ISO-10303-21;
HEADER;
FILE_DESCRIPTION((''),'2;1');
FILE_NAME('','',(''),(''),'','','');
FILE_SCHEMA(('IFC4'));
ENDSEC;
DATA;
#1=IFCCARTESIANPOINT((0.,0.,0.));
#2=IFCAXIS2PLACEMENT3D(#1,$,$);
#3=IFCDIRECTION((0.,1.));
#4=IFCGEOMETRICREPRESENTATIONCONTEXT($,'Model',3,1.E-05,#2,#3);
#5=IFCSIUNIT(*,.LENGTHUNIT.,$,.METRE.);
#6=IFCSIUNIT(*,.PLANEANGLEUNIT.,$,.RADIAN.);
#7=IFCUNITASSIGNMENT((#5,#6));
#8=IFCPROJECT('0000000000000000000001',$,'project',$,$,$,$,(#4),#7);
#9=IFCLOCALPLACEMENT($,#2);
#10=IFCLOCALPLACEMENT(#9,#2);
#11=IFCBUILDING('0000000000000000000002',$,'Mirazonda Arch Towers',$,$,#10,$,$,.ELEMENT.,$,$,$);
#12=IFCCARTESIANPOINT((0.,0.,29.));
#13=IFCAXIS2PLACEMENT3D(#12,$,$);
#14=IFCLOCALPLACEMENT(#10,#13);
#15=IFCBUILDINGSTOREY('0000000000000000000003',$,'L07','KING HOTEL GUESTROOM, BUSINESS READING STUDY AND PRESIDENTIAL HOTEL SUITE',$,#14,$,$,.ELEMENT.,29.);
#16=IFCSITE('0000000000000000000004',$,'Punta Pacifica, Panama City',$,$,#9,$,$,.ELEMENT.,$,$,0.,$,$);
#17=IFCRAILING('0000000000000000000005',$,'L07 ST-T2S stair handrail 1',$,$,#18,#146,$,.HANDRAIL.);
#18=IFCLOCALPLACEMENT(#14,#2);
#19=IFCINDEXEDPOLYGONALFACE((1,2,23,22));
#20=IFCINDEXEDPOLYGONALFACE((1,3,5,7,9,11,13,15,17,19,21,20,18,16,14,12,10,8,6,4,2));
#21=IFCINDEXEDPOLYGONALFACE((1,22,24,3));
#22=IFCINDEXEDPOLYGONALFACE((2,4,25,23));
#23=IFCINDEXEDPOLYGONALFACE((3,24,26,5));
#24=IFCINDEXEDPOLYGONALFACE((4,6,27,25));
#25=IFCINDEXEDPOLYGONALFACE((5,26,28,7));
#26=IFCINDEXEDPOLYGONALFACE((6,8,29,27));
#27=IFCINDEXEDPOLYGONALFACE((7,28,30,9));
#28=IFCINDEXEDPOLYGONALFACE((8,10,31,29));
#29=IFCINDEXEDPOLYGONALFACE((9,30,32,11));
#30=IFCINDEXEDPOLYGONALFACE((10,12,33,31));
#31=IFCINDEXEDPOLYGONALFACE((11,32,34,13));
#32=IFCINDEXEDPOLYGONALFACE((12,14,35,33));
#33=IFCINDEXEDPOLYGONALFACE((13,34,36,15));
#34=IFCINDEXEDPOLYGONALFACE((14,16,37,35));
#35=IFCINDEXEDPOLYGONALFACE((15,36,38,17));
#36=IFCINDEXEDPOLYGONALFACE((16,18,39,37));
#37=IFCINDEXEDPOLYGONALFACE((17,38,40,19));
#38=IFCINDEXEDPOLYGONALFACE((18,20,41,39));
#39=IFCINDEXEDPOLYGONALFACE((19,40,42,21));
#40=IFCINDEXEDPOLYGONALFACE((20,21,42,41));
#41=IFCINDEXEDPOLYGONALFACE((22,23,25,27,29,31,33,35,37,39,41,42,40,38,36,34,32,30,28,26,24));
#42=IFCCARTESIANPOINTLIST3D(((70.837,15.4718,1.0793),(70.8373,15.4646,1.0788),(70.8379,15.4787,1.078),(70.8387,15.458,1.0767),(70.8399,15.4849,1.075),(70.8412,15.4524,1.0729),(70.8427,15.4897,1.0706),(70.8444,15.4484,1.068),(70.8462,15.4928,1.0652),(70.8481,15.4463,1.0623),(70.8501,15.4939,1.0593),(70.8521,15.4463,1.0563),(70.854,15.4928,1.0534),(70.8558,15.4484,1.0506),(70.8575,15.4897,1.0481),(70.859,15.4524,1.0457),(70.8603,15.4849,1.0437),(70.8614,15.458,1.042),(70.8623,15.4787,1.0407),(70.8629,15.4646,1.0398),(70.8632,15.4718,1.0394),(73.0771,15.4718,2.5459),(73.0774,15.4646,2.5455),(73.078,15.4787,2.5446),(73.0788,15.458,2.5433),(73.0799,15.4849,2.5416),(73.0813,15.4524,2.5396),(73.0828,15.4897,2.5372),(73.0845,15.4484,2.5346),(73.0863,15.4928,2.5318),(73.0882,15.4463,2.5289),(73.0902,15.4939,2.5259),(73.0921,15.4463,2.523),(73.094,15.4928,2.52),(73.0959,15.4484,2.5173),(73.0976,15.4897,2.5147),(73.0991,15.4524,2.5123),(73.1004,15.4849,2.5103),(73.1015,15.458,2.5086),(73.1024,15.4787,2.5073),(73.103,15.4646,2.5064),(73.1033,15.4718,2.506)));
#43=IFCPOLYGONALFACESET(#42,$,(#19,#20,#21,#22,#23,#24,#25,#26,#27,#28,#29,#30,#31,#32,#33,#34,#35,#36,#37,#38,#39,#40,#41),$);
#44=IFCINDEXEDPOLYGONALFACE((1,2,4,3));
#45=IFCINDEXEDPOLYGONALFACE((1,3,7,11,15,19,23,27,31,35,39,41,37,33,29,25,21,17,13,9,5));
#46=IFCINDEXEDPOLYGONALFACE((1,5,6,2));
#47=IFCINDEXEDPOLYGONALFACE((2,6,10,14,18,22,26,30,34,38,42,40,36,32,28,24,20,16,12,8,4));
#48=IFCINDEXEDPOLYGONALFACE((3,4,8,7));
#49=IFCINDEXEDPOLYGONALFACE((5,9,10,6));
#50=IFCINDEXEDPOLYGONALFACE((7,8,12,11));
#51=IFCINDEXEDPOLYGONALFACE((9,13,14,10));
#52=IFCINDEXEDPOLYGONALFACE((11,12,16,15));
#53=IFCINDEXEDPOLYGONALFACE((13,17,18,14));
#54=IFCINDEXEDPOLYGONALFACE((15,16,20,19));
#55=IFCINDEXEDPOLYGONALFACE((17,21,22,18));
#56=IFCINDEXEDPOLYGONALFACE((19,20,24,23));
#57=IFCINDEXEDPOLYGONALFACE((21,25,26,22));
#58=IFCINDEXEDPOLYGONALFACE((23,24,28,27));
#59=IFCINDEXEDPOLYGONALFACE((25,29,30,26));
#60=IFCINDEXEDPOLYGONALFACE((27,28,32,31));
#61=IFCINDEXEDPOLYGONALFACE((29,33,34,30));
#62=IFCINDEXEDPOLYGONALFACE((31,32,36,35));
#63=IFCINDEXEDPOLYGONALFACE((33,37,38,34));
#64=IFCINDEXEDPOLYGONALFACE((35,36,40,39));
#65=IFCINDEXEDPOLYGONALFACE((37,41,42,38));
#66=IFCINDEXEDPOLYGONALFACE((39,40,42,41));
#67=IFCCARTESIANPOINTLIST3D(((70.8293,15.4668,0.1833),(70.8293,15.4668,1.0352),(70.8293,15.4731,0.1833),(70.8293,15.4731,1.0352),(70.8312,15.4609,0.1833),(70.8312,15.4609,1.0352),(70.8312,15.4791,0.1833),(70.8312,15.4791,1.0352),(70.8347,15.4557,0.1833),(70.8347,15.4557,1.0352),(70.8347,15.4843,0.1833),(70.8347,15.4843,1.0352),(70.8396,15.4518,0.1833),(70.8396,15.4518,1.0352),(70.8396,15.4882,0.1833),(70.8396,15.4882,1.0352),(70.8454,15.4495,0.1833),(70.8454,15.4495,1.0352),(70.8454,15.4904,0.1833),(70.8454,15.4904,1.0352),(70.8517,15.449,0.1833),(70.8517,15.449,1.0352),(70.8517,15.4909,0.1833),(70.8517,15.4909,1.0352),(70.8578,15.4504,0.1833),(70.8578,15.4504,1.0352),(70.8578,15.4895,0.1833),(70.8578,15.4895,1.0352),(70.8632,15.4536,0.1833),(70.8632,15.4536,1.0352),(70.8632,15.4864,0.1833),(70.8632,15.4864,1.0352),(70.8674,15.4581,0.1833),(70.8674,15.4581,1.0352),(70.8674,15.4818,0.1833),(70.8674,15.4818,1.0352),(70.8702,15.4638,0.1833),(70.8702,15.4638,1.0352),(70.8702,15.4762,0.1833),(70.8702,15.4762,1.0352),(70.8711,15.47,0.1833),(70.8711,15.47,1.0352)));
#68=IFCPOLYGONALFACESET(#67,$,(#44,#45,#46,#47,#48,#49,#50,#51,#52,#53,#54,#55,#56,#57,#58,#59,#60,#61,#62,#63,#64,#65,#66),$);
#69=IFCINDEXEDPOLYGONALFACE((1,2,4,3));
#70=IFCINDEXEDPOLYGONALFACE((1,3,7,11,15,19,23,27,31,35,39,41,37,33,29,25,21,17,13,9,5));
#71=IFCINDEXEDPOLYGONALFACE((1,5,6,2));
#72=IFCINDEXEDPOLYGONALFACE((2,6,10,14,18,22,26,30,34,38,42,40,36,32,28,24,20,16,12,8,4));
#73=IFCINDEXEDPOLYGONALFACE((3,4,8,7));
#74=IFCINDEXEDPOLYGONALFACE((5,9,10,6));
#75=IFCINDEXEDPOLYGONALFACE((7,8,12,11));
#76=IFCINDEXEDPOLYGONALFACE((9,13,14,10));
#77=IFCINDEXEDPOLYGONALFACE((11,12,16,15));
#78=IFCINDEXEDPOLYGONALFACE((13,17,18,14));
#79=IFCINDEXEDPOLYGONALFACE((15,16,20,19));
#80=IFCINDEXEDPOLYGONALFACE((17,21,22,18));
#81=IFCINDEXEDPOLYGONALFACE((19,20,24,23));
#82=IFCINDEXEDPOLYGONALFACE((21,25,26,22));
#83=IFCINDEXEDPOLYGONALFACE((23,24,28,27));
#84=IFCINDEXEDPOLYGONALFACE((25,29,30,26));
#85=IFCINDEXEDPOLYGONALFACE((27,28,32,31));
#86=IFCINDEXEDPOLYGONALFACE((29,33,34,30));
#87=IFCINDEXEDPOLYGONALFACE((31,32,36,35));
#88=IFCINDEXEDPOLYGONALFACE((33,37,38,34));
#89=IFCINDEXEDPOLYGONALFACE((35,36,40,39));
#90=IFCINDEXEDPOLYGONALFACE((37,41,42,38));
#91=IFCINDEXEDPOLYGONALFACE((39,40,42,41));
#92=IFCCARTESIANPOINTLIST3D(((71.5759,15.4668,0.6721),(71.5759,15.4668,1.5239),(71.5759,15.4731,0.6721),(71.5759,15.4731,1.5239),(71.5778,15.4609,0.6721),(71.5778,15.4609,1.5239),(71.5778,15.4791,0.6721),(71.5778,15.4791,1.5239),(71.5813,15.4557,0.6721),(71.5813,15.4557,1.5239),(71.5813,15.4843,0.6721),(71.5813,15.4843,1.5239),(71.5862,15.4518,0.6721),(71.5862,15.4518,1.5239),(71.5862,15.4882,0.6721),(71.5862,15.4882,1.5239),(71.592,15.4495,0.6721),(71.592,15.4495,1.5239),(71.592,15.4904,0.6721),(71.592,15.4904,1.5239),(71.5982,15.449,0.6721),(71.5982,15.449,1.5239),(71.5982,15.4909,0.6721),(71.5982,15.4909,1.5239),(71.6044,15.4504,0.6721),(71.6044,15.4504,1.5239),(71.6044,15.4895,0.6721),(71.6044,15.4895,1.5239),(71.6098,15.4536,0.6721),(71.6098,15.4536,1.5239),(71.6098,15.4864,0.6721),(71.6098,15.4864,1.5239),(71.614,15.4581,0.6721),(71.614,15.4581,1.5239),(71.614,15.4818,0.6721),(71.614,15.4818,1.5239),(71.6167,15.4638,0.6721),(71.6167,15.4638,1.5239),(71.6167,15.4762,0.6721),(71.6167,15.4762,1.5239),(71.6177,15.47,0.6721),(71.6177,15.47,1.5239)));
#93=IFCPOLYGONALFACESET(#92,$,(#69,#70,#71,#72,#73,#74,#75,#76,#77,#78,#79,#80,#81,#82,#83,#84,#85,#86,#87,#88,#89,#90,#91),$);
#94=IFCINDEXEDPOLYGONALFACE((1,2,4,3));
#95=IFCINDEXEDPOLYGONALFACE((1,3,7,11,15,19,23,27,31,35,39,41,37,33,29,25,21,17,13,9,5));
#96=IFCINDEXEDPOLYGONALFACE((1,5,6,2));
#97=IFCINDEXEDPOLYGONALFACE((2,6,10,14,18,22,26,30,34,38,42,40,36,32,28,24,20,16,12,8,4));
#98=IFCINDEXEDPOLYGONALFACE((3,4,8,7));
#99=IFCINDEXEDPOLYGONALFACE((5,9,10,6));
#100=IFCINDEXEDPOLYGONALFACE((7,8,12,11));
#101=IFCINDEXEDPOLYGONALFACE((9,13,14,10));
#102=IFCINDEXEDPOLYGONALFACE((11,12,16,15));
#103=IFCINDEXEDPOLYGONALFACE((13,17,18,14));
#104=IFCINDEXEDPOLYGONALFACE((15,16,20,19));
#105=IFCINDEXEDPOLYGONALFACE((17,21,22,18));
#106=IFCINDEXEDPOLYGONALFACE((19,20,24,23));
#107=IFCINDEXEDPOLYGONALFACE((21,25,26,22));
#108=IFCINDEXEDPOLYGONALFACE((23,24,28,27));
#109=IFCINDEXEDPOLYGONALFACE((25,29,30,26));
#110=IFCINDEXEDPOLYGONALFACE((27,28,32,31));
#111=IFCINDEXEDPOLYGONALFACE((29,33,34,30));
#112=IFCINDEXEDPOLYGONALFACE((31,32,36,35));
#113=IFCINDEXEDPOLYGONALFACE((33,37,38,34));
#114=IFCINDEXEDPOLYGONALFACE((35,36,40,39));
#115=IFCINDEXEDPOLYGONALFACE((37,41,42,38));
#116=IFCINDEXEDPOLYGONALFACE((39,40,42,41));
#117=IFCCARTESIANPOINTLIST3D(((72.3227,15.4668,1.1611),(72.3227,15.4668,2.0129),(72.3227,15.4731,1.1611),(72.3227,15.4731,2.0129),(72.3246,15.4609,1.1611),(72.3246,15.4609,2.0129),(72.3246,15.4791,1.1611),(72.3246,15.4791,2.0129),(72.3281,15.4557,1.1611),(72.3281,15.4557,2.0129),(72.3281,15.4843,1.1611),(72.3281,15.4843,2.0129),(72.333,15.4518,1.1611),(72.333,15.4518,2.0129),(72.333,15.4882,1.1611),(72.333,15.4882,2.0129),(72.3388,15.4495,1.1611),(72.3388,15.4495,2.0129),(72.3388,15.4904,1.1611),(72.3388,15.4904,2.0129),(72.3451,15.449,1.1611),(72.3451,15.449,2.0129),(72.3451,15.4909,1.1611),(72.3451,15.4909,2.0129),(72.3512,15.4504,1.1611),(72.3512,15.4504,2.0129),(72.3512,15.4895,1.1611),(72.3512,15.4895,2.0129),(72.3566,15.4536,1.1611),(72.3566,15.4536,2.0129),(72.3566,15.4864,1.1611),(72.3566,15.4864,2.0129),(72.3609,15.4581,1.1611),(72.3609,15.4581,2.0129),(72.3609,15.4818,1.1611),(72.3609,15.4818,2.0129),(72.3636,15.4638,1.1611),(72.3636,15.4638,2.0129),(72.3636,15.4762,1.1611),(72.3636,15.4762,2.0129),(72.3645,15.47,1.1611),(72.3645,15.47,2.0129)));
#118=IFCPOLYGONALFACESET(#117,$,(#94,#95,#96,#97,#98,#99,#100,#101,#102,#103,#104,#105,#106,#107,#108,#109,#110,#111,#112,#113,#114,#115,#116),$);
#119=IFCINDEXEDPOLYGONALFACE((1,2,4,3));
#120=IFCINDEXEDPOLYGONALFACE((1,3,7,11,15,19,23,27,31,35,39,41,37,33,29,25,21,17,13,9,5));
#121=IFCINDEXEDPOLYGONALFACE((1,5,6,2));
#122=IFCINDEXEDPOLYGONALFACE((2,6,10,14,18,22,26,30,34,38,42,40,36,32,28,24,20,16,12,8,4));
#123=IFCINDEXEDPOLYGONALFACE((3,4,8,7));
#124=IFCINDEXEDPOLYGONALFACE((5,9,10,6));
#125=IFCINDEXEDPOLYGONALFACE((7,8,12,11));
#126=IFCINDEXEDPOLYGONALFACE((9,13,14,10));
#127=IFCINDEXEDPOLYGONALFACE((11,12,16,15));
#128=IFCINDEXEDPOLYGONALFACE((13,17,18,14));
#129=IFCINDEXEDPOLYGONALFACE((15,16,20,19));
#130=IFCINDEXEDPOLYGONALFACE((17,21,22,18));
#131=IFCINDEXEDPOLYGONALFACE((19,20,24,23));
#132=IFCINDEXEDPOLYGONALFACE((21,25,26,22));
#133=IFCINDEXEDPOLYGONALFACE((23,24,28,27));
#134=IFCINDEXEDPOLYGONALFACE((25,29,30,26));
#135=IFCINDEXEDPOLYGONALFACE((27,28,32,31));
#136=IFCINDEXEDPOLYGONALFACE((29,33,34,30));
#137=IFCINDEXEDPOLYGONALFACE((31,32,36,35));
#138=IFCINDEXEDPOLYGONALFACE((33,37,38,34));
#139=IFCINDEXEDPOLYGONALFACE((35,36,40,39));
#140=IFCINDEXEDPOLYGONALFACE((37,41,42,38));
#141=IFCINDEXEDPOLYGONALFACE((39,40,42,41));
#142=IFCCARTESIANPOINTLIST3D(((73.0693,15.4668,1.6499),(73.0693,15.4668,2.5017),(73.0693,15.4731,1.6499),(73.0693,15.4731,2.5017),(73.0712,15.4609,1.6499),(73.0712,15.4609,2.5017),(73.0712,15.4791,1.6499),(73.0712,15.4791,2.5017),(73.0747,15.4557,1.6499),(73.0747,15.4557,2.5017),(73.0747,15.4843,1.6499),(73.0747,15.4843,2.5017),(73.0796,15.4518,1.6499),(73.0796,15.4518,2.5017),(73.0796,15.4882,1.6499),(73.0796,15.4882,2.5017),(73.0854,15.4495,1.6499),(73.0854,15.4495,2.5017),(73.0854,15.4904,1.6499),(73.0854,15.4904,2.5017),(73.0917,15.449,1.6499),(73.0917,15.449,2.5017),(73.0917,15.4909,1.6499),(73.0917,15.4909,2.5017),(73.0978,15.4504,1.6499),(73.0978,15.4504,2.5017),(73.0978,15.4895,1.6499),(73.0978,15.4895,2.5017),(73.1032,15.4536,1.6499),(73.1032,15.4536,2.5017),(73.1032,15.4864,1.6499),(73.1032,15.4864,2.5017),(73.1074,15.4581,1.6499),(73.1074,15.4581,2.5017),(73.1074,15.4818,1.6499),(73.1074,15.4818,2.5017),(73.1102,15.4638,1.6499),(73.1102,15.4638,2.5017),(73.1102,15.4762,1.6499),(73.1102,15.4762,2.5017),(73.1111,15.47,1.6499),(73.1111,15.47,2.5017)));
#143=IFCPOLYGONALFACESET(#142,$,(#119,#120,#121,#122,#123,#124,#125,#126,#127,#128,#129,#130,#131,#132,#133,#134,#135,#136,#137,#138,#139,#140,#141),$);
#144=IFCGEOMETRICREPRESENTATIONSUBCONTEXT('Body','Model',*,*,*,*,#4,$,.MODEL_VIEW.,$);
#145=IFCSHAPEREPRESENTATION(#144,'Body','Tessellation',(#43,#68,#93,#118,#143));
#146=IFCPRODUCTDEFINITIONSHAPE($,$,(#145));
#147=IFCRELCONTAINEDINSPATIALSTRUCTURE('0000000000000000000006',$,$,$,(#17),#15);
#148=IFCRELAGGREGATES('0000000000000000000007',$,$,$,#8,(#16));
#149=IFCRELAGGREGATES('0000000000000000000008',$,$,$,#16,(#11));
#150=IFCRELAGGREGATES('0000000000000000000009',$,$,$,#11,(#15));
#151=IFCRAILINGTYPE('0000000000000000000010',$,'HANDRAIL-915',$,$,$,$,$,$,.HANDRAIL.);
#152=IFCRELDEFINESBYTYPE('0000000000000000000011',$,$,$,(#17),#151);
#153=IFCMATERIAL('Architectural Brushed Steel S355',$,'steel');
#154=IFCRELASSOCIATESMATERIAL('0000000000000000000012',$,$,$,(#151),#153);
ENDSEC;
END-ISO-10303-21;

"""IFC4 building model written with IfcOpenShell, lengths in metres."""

from ifc_helpers import new_model, si_unit, direction, frame, origin, origin_2d, place, context, subcontext, project, spatial, circle, extrude, material, type_object, element, save


model = new_model("IFC4")

# Units and contexts
model_context = context("Model", 3, precision=1e-05, world=origin(), true_north=direction((0.0, 1.0)))
body_context = subcontext(model_context, "Body", "Model", "MODEL_VIEW")
ifc_project = project(units=[si_unit("LENGTHUNIT", "METRE"), si_unit("PLANEANGLEUNIT", "RADIAN")], contexts=[model_context])

# Site, building, storey
site_placement = place(None, origin())
site = spatial("IfcSite", under=ifc_project, at=site_placement, Name="Punta Pacifica, Panama City", CompositionType="ELEMENT", RefElevation=0.0)
building_placement = place(site_placement, origin())
building = spatial("IfcBuilding", under=site, at=building_placement, Name="Mirazonda Arch Towers", CompositionType="ELEMENT")
storey_placement = place(building_placement, frame((0.0, 0.0, 29.0)))
storey = spatial("IfcBuildingStorey", under=building, at=storey_placement, Name="L07", Description="KING HOTEL GUESTROOM, BUSINESS READING STUDY AND PRESIDENTIAL HOTEL SUITE", CompositionType="ELEMENT", Elevation=29.0)

# Railing
ifc_material_1 = material(Name="Architectural Brushed Steel S355", Category="steel")
railing_type_1 = type_object("IfcRailingType", Name="HANDRAIL-915", PredefinedType="HANDRAIL", material=ifc_material_1)
railing_1_placement = place(storey_placement, frame((70.8501, 15.47, 0.1833)))
element("IfcRailing", 1, at=railing_1_placement, inside=storey, type_object=railing_type_1, Name="L07 ST-T2S stair handrail 1", PredefinedType="HANDRAIL", context=body_context, shape_type="SweptSolid", body=[
    extrude(circle(Radius=0.0239, at=origin_2d()), frame((0.0, 0.0, 0.876), z_axis=(0.836637, 0.0, 0.547758), x_axis=(0.0, 1.0, 0.0)), (0.0, 0.0, 1.0), 2.6775),
    extrude(circle(Radius=0.021, at=origin_2d()), origin(), (0.0, 0.0, 1.0), 0.8518),
    extrude(circle(Radius=0.021, at=origin_2d()), frame((0.7466, 0.0, 0.4888)), (0.0, 0.0, 1.0), 0.8518),
    extrude(circle(Radius=0.021, at=origin_2d()), frame((1.4934, 0.0, 0.9778)), (0.0, 0.0, 1.0), 0.8518),
    extrude(circle(Radius=0.021, at=origin_2d()), frame((2.24, 0.0, 1.4666)), (0.0, 0.0, 1.0), 0.8518),
])

save(model, "model.ifc")
